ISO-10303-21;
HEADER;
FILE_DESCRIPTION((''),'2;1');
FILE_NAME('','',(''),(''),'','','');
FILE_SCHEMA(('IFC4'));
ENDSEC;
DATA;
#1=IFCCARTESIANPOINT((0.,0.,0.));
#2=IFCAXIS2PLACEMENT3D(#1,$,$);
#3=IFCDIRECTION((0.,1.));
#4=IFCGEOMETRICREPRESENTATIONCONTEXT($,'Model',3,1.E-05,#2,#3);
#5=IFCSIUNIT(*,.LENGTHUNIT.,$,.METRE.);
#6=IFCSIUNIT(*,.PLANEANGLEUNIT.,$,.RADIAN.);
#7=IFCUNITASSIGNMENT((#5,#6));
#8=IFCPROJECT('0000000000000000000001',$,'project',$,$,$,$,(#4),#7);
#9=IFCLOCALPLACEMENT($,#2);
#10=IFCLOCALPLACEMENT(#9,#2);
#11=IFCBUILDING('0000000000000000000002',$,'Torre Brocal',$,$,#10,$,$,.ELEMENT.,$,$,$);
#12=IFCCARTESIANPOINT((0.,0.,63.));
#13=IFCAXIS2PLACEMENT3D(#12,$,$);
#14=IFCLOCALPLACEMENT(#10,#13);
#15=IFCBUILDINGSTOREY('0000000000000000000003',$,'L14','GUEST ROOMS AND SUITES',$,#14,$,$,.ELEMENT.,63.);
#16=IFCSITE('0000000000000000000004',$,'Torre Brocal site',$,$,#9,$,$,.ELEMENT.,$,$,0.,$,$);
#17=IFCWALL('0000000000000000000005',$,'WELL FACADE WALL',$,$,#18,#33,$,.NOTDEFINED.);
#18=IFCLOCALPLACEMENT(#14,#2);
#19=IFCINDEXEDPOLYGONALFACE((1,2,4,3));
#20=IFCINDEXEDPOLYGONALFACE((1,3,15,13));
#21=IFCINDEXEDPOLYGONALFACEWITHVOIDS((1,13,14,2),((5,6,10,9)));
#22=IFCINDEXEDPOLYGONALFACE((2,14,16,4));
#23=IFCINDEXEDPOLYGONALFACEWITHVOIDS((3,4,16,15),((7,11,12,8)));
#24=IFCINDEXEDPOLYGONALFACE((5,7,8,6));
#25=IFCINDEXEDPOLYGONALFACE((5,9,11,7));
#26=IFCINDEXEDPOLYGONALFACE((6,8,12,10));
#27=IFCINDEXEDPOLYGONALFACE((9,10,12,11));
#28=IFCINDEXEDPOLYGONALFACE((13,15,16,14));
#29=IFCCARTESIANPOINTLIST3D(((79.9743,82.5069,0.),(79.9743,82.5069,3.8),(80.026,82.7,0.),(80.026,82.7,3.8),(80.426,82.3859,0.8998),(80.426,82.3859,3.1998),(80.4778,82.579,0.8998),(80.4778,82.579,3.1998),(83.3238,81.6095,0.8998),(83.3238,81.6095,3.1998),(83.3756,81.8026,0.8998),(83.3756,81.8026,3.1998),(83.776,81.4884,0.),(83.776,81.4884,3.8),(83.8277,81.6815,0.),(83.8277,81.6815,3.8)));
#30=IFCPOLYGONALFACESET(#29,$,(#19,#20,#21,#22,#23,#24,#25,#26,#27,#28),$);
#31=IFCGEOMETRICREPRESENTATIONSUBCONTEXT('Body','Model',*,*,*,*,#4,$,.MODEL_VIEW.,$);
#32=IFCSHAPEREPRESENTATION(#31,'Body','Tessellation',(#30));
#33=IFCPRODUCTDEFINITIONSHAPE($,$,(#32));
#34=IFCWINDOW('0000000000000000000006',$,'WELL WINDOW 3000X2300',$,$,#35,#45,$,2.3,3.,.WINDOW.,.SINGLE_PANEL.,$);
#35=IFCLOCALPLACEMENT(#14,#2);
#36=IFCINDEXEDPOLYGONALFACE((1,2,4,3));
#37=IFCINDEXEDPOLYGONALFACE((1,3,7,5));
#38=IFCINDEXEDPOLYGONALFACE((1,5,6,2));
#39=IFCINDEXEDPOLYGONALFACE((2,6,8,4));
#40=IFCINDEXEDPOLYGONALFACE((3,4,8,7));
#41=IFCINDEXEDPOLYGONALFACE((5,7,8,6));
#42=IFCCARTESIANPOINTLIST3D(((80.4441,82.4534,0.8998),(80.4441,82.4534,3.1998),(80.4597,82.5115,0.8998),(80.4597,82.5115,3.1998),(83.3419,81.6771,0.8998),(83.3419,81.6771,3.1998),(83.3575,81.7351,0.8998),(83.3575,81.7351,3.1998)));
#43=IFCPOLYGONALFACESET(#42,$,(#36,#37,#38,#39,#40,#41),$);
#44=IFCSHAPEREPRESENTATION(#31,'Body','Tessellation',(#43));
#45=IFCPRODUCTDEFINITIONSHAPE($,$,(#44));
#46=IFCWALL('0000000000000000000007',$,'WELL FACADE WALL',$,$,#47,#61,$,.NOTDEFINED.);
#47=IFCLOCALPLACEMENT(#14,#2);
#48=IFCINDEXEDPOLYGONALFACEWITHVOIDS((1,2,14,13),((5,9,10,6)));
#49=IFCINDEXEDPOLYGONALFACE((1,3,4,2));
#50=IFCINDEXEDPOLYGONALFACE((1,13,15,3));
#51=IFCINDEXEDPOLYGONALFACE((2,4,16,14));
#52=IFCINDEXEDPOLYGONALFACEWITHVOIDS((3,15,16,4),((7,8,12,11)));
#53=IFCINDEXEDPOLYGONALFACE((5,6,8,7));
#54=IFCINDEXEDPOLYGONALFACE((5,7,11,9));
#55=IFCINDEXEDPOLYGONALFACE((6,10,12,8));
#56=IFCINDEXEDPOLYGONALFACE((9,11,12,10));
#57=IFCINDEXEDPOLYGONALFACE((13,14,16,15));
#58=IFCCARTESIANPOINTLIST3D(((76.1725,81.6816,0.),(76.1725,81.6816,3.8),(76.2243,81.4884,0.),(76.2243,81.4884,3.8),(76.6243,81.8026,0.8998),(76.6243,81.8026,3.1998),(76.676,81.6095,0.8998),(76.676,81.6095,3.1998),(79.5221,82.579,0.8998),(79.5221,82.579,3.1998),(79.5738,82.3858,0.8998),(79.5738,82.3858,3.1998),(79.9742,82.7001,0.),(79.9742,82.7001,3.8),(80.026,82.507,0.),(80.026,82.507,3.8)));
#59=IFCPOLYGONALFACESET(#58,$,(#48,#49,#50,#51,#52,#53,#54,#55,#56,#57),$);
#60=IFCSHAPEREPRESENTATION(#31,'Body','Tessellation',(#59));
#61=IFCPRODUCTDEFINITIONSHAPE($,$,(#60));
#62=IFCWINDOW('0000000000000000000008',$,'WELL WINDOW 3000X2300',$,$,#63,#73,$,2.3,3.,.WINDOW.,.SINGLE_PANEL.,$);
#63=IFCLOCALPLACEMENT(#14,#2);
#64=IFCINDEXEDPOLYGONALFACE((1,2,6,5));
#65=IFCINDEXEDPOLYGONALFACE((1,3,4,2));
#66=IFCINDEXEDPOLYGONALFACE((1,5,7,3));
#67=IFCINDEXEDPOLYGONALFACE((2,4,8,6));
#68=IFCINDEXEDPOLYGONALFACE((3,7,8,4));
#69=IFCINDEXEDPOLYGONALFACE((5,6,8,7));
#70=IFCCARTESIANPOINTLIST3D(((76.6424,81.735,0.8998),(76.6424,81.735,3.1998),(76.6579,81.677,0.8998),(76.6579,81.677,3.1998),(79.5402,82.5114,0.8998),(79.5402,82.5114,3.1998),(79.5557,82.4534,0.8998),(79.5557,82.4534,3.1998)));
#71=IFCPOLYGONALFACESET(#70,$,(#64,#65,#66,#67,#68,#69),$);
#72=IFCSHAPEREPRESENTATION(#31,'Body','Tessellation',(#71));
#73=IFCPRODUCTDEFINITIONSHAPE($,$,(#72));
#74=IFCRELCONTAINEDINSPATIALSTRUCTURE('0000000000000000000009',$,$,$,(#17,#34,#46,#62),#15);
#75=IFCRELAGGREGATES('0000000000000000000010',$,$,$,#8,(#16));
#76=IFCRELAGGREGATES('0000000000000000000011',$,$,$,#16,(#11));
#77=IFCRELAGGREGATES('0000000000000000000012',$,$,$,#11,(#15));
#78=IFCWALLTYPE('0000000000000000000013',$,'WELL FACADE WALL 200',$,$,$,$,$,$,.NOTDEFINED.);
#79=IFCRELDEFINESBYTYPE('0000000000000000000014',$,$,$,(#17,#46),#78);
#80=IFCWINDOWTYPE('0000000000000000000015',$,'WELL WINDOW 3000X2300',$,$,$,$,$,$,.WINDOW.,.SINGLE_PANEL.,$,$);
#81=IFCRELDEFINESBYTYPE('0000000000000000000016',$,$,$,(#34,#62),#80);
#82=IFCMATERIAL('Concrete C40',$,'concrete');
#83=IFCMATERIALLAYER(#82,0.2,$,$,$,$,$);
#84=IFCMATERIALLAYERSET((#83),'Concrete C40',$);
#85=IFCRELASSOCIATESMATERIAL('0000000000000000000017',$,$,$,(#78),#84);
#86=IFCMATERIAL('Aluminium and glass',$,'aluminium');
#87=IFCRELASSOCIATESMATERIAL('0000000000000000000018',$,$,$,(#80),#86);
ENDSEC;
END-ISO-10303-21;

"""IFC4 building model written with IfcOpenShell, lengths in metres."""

from ifc_helpers import new_model, si_unit, direction, frame, frame_2d, origin, place, context, subcontext, project, spatial, rectangle, extrude, material, layer, layer_set, type_object, element, fill, save


model = new_model("IFC4")

# Units and contexts
model_context = context("Model", 3, precision=1e-05, world=origin(), true_north=direction((0.0, 1.0)))
body_context = subcontext(model_context, "Body", "Model", "MODEL_VIEW")
ifc_project = project(units=[si_unit("LENGTHUNIT", "METRE"), si_unit("PLANEANGLEUNIT", "RADIAN")], contexts=[model_context])

# Site, building, storey
site_placement = place(None, origin())
site = spatial("IfcSite", under=ifc_project, at=site_placement, Name="Torre Brocal site", CompositionType="ELEMENT", RefElevation=0.0)
building_placement = place(site_placement, origin())
building = spatial("IfcBuilding", under=site, at=building_placement, Name="Torre Brocal", CompositionType="ELEMENT")
storey_placement = place(building_placement, frame((0.0, 0.0, 63.0)))
storey = spatial("IfcBuildingStorey", under=building, at=storey_placement, Name="L14", Description="GUEST ROOMS AND SUITES", CompositionType="ELEMENT", Elevation=63.0)

# Walls, openings, windows
ifc_material_1 = material(Name="Concrete C40", Category="concrete")
ifc_layer_1 = layer(ifc_material_1, 0.2)
ifc_layer_set_1 = layer_set([ifc_layer_1], Name="Concrete C40")
wall_type_1 = type_object("IfcWallType", Name="WELL FACADE WALL 200", PredefinedType="NOTDEFINED", material=ifc_layer_set_1)
wall_1_placement = place(storey_placement, frame((83.8018, 81.585, 0.0), z_axis=(0.0, 0.0, 1.0), x_axis=(-0.965934, 0.25879, 0.0)))
wall_1 = element("IfcWall", 1, at=wall_1_placement, inside=storey, type_object=wall_type_1, Name="WELL FACADE WALL", PredefinedType="NOTDEFINED", context=body_context, shape_type="SweptSolid", body=[
    extrude(rectangle(XDim=3.9358, YDim=0.2, at=frame_2d((1.9678, 0.0))), origin(), (0.0, 0.0, 1.0), 3.8),
])
opening_1_placement = place(wall_1_placement, frame((0.468, 0.0, 0.8999)))
opening_1 = element("IfcOpeningElement", 2, at=opening_1_placement, cuts=wall_1, PredefinedType="OPENING", context=body_context, shape_type="SweptSolid", body=[
    extrude(rectangle(XDim=3.0, YDim=2.3, at=frame_2d((1.5, 1.1499))), frame((0.0, 0.1099, 0.0), z_axis=(0.0, -1.0, 0.0), x_axis=(1.0, 0.0, 0.0)), (0.0, 0.0, 1.0), 0.22),
])
ifc_material_2 = material(Name="Aluminium and glass", Category="aluminium")
window_type = type_object("IfcWindowType", Name="WELL WINDOW 3000X2300", PartitioningType="SINGLE_PANEL", PredefinedType="WINDOW", material=ifc_material_2)
window_1_placement = place(opening_1_placement, origin())
window_1 = element("IfcWindow", 3, at=window_1_placement, inside=storey, type_object=window_type, Name="WELL WINDOW 3000X2300", OverallHeight=2.3, OverallWidth=3.0, PartitioningType="SINGLE_PANEL", PredefinedType="WINDOW", context=body_context, shape_type="SweptSolid", body=[
    extrude(rectangle(XDim=3.0, YDim=2.3, at=frame_2d((1.5, 1.1499))), frame((0.0, 0.03, 0.0), z_axis=(0.0, -1.0, 0.0), x_axis=(1.0, 0.0, 0.0)), (0.0, 0.0, 1.0), 0.0601),
])
fill(opening_1, window_1)
wall_2_placement = place(storey_placement, frame((80.0, 82.6035, 0.0), z_axis=(0.0, 0.0, 1.0), x_axis=(-0.965934, -0.25879, 0.0)))
wall_2 = element("IfcWall", 4, at=wall_2_placement, inside=storey, type_object=wall_type_1, Name="WELL FACADE WALL", PredefinedType="NOTDEFINED", context=body_context, shape_type="SweptSolid", body=[
    extrude(rectangle(XDim=3.9358, YDim=0.2, at=frame_2d((1.9678, 0.0))), origin(), (0.0, 0.0, 1.0), 3.8),
])
opening_2_placement = place(wall_2_placement, frame((0.468, 0.0, 0.8999)))
opening_2 = element("IfcOpeningElement", 5, at=opening_2_placement, cuts=wall_2, PredefinedType="OPENING", context=body_context, shape_type="SweptSolid", body=[
    extrude(rectangle(XDim=3.0, YDim=2.3, at=frame_2d((1.5, 1.1499))), frame((0.0, 0.1099, 0.0), z_axis=(0.0, -1.0, 0.0), x_axis=(1.0, 0.0, 0.0)), (0.0, 0.0, 1.0), 0.22),
])
window_2_placement = place(opening_2_placement, origin())
window_2 = element("IfcWindow", 6, at=window_2_placement, inside=storey, type_object=window_type, Name="WELL WINDOW 3000X2300", OverallHeight=2.3, OverallWidth=3.0, PartitioningType="SINGLE_PANEL", PredefinedType="WINDOW", context=body_context, shape_type="SweptSolid", body=[
    extrude(rectangle(XDim=3.0, YDim=2.3, at=frame_2d((1.5, 1.1499))), frame((0.0, 0.03, 0.0), z_axis=(0.0, -1.0, 0.0), x_axis=(1.0, 0.0, 0.0)), (0.0, 0.0, 1.0), 0.0601),
])
fill(opening_2, window_2)

save(model, "model.ifc")
